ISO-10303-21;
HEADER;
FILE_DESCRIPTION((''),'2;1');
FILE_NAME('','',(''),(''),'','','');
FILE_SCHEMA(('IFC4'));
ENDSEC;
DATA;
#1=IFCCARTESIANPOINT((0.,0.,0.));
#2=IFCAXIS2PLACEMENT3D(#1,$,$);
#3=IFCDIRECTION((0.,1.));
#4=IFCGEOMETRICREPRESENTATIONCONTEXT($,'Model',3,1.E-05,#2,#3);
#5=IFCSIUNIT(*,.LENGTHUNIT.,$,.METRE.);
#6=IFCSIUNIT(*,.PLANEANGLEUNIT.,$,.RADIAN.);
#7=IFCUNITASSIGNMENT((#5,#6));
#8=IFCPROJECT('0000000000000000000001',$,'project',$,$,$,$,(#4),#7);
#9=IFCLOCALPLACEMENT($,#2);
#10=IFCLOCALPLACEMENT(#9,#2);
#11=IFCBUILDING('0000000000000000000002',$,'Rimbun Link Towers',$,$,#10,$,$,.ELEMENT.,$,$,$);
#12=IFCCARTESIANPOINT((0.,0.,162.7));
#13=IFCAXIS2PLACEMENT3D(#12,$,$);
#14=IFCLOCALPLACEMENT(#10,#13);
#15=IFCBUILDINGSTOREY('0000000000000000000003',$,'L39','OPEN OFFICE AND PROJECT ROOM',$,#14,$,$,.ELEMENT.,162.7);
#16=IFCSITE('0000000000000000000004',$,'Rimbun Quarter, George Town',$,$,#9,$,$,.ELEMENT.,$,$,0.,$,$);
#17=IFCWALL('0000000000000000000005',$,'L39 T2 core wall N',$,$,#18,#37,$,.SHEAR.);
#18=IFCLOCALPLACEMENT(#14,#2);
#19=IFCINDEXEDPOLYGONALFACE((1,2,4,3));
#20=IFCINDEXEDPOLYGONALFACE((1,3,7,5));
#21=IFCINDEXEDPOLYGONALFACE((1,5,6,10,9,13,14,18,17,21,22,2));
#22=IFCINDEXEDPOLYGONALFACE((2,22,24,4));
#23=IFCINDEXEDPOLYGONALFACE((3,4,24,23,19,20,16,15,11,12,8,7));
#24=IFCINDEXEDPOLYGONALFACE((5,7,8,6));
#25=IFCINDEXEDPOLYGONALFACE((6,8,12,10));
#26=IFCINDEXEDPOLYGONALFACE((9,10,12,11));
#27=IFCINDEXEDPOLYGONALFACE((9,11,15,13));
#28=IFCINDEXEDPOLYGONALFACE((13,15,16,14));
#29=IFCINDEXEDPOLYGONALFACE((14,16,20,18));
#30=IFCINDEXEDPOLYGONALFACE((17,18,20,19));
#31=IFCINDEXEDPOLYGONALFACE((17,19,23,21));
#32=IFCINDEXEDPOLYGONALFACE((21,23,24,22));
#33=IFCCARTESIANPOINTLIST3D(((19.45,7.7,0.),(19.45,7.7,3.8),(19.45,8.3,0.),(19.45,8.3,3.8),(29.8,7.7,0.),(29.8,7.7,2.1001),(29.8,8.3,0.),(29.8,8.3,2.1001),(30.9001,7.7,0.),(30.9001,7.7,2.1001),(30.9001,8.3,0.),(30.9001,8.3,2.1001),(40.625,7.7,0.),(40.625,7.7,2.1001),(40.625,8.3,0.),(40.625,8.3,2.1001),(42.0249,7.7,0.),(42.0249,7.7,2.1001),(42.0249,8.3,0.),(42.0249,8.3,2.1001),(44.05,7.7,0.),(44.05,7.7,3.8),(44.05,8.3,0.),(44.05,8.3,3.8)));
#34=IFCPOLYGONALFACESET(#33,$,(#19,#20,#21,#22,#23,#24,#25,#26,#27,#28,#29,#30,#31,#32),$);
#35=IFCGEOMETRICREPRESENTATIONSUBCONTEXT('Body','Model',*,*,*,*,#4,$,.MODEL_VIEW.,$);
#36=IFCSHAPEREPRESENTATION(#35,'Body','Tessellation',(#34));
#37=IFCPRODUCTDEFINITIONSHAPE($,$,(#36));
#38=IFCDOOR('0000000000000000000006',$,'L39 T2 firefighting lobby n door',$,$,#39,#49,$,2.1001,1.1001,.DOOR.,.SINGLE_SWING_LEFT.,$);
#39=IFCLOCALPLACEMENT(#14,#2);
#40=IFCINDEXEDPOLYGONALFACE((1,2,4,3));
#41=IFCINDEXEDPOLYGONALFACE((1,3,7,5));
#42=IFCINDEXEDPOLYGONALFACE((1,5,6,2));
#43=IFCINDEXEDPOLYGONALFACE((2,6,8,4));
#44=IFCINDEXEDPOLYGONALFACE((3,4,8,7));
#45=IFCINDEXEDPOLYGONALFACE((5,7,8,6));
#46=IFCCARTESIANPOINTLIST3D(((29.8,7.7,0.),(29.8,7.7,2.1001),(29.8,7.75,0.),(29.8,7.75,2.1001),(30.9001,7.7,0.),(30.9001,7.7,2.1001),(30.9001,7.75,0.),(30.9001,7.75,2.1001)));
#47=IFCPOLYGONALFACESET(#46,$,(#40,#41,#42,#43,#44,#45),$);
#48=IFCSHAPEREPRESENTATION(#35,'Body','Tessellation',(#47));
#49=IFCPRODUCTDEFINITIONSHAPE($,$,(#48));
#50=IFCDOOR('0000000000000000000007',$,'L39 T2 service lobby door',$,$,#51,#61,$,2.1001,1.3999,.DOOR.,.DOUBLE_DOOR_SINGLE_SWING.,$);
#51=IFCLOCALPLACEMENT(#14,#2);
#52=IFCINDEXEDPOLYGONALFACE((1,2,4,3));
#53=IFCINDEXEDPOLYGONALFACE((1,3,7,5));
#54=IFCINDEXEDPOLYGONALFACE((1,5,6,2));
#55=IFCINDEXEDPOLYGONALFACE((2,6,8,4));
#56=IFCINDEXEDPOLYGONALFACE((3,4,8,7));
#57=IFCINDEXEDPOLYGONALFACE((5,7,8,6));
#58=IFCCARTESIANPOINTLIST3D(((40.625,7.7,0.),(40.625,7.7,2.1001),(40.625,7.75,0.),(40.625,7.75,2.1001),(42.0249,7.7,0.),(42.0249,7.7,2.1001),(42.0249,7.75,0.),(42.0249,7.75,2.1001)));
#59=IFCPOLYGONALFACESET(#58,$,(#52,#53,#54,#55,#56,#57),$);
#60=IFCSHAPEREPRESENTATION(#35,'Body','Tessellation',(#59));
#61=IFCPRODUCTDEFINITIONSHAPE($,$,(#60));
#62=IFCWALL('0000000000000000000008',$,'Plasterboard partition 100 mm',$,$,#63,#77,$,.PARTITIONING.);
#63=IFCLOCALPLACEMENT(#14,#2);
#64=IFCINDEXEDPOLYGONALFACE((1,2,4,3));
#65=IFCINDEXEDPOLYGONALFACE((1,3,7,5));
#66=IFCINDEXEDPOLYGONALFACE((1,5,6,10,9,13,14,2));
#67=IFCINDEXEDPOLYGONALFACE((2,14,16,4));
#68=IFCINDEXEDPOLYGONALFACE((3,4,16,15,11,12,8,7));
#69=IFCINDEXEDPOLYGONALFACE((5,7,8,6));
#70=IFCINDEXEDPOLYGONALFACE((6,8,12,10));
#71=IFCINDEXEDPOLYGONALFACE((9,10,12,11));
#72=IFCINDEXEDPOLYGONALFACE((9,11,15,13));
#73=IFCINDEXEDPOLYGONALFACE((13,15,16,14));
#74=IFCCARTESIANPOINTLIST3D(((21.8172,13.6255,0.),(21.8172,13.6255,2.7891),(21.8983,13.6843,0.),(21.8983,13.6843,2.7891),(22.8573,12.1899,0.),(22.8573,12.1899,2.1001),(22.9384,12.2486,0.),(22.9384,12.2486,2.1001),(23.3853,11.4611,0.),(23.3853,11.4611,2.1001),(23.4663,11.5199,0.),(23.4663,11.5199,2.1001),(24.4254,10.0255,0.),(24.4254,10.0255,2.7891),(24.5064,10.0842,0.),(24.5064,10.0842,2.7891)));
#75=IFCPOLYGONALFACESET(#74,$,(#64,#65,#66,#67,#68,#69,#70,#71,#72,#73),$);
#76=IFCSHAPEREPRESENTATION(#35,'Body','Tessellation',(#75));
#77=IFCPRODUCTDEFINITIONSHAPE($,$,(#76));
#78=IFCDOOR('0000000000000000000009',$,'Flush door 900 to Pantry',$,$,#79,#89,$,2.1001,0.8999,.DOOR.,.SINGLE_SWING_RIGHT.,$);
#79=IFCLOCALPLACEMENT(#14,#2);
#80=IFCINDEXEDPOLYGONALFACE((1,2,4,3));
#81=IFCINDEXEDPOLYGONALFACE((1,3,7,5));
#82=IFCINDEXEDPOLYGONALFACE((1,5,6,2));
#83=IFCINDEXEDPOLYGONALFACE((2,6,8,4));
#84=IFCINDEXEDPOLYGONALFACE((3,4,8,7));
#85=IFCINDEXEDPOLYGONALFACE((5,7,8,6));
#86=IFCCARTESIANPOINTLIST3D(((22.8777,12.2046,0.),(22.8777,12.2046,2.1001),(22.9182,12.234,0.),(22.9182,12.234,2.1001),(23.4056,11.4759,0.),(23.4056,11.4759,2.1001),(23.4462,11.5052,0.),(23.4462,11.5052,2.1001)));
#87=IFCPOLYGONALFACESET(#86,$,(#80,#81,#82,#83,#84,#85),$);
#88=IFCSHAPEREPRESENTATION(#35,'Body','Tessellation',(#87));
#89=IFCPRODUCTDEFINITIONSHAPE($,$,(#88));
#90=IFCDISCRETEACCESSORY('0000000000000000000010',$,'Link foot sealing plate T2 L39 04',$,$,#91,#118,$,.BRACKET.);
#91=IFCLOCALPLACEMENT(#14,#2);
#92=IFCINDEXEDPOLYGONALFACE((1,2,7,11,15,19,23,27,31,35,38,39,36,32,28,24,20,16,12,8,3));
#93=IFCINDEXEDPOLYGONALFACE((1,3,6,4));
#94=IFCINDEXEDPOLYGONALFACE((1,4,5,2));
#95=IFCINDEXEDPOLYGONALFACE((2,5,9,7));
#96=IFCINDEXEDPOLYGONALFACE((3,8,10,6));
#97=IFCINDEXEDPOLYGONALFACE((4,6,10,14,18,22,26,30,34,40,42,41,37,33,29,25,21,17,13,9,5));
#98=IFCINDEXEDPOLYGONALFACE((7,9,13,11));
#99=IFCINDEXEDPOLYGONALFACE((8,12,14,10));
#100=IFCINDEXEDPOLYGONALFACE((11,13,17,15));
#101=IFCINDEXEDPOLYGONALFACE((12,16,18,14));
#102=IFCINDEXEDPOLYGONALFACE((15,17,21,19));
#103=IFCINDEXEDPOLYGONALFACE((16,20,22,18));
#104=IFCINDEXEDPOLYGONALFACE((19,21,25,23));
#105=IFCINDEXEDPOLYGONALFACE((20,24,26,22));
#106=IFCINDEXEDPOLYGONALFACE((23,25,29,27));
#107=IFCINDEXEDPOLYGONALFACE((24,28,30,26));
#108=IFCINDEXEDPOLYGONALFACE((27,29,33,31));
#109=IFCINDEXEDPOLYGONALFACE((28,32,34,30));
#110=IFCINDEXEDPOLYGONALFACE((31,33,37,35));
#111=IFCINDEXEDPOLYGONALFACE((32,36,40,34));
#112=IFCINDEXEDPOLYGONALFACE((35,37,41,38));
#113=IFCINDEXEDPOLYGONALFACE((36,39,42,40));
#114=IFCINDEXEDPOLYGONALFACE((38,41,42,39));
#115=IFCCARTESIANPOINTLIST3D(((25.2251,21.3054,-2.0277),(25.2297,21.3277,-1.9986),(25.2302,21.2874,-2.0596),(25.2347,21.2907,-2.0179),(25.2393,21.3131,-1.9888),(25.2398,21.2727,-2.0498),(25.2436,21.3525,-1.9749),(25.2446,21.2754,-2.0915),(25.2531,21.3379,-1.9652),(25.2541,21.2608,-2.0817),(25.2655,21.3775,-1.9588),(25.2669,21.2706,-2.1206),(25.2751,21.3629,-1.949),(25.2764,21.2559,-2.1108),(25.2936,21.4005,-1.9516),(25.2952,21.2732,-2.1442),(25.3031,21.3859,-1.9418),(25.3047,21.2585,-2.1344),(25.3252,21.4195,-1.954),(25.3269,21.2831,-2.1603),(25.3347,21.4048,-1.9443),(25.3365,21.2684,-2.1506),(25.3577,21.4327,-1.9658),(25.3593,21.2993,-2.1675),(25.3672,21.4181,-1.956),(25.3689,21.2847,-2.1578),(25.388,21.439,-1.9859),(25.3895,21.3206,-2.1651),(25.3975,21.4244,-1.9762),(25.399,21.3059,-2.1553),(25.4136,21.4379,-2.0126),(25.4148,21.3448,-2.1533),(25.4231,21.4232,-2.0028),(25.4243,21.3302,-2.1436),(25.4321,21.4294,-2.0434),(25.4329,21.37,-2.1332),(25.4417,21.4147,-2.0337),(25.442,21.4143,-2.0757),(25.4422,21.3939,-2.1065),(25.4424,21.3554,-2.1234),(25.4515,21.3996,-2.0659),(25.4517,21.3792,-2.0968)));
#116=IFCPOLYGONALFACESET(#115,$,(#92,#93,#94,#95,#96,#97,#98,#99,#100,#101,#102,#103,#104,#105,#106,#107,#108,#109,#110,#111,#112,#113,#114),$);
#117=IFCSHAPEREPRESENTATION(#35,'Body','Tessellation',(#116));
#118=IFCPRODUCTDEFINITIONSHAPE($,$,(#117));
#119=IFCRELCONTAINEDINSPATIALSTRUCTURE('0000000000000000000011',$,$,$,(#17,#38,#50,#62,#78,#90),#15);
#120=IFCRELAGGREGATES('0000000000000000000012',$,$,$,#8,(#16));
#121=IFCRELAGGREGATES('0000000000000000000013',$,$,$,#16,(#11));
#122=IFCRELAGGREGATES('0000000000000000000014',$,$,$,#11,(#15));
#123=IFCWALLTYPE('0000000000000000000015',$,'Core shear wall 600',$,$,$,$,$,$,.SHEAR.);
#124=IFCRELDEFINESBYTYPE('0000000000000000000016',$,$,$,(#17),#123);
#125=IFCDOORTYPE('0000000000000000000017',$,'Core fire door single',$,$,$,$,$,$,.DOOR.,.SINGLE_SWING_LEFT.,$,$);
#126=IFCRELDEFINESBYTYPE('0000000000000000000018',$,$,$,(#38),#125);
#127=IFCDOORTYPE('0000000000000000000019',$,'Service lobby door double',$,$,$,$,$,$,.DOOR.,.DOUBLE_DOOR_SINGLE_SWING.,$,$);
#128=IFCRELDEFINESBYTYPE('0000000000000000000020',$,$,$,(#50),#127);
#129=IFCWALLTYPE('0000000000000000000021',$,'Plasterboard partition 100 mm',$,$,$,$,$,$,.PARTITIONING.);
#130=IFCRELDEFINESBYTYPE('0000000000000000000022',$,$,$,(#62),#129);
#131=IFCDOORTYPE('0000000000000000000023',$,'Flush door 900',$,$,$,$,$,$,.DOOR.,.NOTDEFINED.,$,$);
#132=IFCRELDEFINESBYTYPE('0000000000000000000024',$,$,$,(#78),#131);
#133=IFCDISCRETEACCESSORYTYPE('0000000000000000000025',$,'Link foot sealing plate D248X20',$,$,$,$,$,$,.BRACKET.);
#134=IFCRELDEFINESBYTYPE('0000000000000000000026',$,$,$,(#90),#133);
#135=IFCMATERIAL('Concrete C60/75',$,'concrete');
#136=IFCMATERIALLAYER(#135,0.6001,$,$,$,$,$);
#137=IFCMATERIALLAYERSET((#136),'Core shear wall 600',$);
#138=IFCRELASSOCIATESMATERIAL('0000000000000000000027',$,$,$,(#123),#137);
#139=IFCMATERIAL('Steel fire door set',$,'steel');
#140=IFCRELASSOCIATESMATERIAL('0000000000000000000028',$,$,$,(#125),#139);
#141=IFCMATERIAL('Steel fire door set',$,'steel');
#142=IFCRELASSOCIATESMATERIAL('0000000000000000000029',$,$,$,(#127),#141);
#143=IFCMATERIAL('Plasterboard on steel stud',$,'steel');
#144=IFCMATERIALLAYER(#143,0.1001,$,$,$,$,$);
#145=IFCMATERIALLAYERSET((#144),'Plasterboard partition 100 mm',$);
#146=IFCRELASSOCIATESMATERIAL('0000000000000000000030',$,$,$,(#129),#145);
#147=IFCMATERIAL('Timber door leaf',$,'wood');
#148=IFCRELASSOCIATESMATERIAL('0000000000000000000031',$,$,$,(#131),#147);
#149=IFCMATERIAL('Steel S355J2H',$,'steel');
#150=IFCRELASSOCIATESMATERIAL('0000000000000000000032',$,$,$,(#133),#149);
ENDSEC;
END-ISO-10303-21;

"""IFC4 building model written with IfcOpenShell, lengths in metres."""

from ifc_helpers import new_model, si_unit, direction, frame, frame_2d, origin, origin_2d, place, context, subcontext, project, spatial, rectangle, circle, extrude, material, layer, layer_set, material_profile, profile_set, type_object, element, fill, save


model = new_model("IFC4")

# Units and contexts
model_context = context("Model", 3, precision=1e-05, world=origin(), true_north=direction((0.0, 1.0)))
body_context = subcontext(model_context, "Body", "Model", "MODEL_VIEW")
ifc_project = project(units=[si_unit("LENGTHUNIT", "METRE"), si_unit("PLANEANGLEUNIT", "RADIAN")], contexts=[model_context])

# Site, building, storey
site_placement = place(None, origin())
site = spatial("IfcSite", under=ifc_project, at=site_placement, Name="Rimbun Quarter, George Town", CompositionType="ELEMENT", RefElevation=0.0)
building_placement = place(site_placement, origin())
building = spatial("IfcBuilding", under=site, at=building_placement, Name="Rimbun Link Towers", CompositionType="ELEMENT")
storey_placement = place(building_placement, frame((0.0, 0.0, 162.7)))
storey = spatial("IfcBuildingStorey", under=building, at=storey_placement, Name="L39", Description="OPEN OFFICE AND PROJECT ROOM", CompositionType="ELEMENT", Elevation=162.7)

# Wall, openings, doors
ifc_material_1 = material(Name="Concrete C60/75", Category="concrete")
ifc_layer_1 = layer(ifc_material_1, 0.6001)
ifc_layer_set_1 = layer_set([ifc_layer_1], Name="Core shear wall 600")
wall_type_1 = type_object("IfcWallType", Name="Core shear wall 600", PredefinedType="SHEAR", material=ifc_layer_set_1)
wall_1_placement = place(storey_placement, frame((19.45, 8.0, 0.0), z_axis=(0.0, 0.0, 1.0), x_axis=(1.0, 0.0, 0.0)))
wall_1 = element("IfcWall", 1, at=wall_1_placement, inside=storey, type_object=wall_type_1, Name="L39 T2 core wall N", PredefinedType="SHEAR", context=body_context, shape_type="SweptSolid", body=[
    extrude(rectangle(XDim=24.6001, YDim=0.6001, at=frame_2d((12.3, 0.0))), origin(), (0.0, 0.0, 1.0), 3.8),
])
opening_1_placement = place(wall_1_placement, frame((10.3501, 0.0, 0.0)))
opening_1 = element("IfcOpeningElement", 2, at=opening_1_placement, cuts=wall_1, PredefinedType="OPENING", context=body_context, shape_type="SweptSolid", body=[
    extrude(rectangle(XDim=1.1001, YDim=2.1001, at=frame_2d((0.55, 1.05))), frame((0.0, 0.3101, 0.0), z_axis=(0.0, -1.0, 0.0), x_axis=(1.0, 0.0, 0.0)), (0.0, 0.0, 1.0), 0.6201),
])
opening_2_placement = place(wall_1_placement, frame((21.175, 0.0, 0.0)))
opening_2 = element("IfcOpeningElement", 3, at=opening_2_placement, cuts=wall_1, PredefinedType="OPENING", context=body_context, shape_type="SweptSolid", body=[
    extrude(rectangle(XDim=1.3999, YDim=2.1001, at=frame_2d((0.7, 1.05))), frame((0.0, 0.3101, 0.0), z_axis=(0.0, -1.0, 0.0), x_axis=(1.0, 0.0, 0.0)), (0.0, 0.0, 1.0), 0.6201),
])
ifc_material_2 = material(Name="Steel fire door set", Category="steel")
door_type_1 = type_object("IfcDoorType", Name="Core fire door single", OperationType="SINGLE_SWING_LEFT", PredefinedType="DOOR", material=ifc_material_2)
door_1_placement = place(opening_1_placement, origin())
door_1 = element("IfcDoor", 4, at=door_1_placement, inside=storey, type_object=door_type_1, Name="L39 T2 firefighting lobby n door", OperationType="SINGLE_SWING_LEFT", OverallHeight=2.1001, OverallWidth=1.1001, PredefinedType="DOOR", context=body_context, shape_type="SweptSolid", body=[
    extrude(rectangle(XDim=1.1001, YDim=2.1001, at=frame_2d((0.55, 1.05))), frame((0.0, -0.25, 0.0), z_axis=(0.0, -1.0, 0.0), x_axis=(1.0, 0.0, 0.0)), (0.0, 0.0, 1.0), 0.05),
])
fill(opening_1, door_1)
ifc_material_3 = material(Name="Steel fire door set", Category="steel")
door_type_2 = type_object("IfcDoorType", Name="Service lobby door double", OperationType="DOUBLE_DOOR_SINGLE_SWING", PredefinedType="DOOR", material=ifc_material_3)
door_2_placement = place(opening_2_placement, origin())
door_2 = element("IfcDoor", 5, at=door_2_placement, inside=storey, type_object=door_type_2, Name="L39 T2 service lobby door", OperationType="DOUBLE_DOOR_SINGLE_SWING", OverallHeight=2.1001, OverallWidth=1.3999, PredefinedType="DOOR", context=body_context, shape_type="SweptSolid", body=[
    extrude(rectangle(XDim=1.3999, YDim=2.1001, at=frame_2d((0.7, 1.05))), frame((0.0, -0.25, 0.0), z_axis=(0.0, -1.0, 0.0), x_axis=(1.0, 0.0, 0.0)), (0.0, 0.0, 1.0), 0.05),
])
fill(opening_2, door_2)

# Wall, opening, door
ifc_material_4 = material(Name="Plasterboard on steel stud", Category="steel")
ifc_layer_2 = layer(ifc_material_4, 0.1001)
ifc_layer_set_2 = layer_set([ifc_layer_2], Name="Plasterboard partition 100 mm")
wall_type_2 = type_object("IfcWallType", Name="Plasterboard partition 100 mm", PredefinedType="PARTITIONING", material=ifc_layer_set_2)
wall_2_placement = place(storey_placement, frame((24.4658, 10.0549, 0.0), z_axis=(0.0, 0.0, 1.0), x_axis=(-0.586685, 0.809815, 0.0)))
wall_2 = element("IfcWall", 6, at=wall_2_placement, inside=storey, type_object=wall_type_2, Name="Plasterboard partition 100 mm", PredefinedType="PARTITIONING", context=body_context, shape_type="SweptSolid", body=[
    extrude(rectangle(XDim=4.4456, YDim=0.1001, at=frame_2d((2.2227, 0.0))), origin(), (0.0, 0.0, 1.0), 2.7891),
])
opening_3_placement = place(wall_2_placement, frame((1.7727, 0.0, 0.0)))
opening_3 = element("IfcOpeningElement", 7, at=opening_3_placement, cuts=wall_2, PredefinedType="OPENING", context=body_context, shape_type="SweptSolid", body=[
    extrude(rectangle(XDim=0.8999, YDim=2.1001, at=frame_2d((0.45, 1.05))), frame((0.0, 0.0601, 0.0), z_axis=(0.0, -1.0, 0.0), x_axis=(1.0, 0.0, 0.0)), (0.0, 0.0, 1.0), 0.1201),
])
ifc_material_5 = material(Name="Timber door leaf", Category="wood")
door_type_3 = type_object("IfcDoorType", Name="Flush door 900", OperationType="NOTDEFINED", PredefinedType="DOOR", material=ifc_material_5)
door_3_placement = place(opening_3_placement, origin())
door_3 = element("IfcDoor", 8, at=door_3_placement, inside=storey, type_object=door_type_3, Name="Flush door 900 to Pantry", OperationType="SINGLE_SWING_RIGHT", OverallHeight=2.1001, OverallWidth=0.8999, PredefinedType="DOOR", context=body_context, shape_type="SweptSolid", body=[
    extrude(rectangle(XDim=0.8999, YDim=2.1001, at=frame_2d((0.45, 1.05))), frame((0.0, 0.0249, 0.0), z_axis=(0.0, -1.0, 0.0), x_axis=(1.0, 0.0, 0.0)), (0.0, 0.0, 1.0), 0.05),
])
fill(opening_3, door_3)

# Discrete accessory
ifc_material_6 = material(Name="Steel S355J2H", Category="steel")
ifc_material_profile_1 = material_profile(ifc_material_6, circle(Radius=0.124, at=origin_2d()), Name="PL D248")
ifc_profile_set_1 = profile_set([ifc_material_profile_1], Name="Steel S355J2H")
discrete_accessory_type = type_object("IfcDiscreteAccessoryType", Name="Link foot sealing plate D248X20", PredefinedType="BRACKET", material=ifc_profile_set_1)
discrete_accessory_placement = place(storey_placement, frame((25.3438, 21.3403, -2.0498), z_axis=(-0.475716, 0.731871, -0.487914), x_axis=(-0.838444, -0.544988, 0.0)))
element("IfcDiscreteAccessory", 9, at=discrete_accessory_placement, inside=storey, type_object=discrete_accessory_type, Name="Link foot sealing plate T2 L39 04", PredefinedType="BRACKET", context=body_context, shape_type="SweptSolid", body=[
    extrude(circle(Radius=0.124, at=origin_2d()), origin(), (0.0, 0.0, 1.0), 0.02),
])

save(model, "model.ifc")
